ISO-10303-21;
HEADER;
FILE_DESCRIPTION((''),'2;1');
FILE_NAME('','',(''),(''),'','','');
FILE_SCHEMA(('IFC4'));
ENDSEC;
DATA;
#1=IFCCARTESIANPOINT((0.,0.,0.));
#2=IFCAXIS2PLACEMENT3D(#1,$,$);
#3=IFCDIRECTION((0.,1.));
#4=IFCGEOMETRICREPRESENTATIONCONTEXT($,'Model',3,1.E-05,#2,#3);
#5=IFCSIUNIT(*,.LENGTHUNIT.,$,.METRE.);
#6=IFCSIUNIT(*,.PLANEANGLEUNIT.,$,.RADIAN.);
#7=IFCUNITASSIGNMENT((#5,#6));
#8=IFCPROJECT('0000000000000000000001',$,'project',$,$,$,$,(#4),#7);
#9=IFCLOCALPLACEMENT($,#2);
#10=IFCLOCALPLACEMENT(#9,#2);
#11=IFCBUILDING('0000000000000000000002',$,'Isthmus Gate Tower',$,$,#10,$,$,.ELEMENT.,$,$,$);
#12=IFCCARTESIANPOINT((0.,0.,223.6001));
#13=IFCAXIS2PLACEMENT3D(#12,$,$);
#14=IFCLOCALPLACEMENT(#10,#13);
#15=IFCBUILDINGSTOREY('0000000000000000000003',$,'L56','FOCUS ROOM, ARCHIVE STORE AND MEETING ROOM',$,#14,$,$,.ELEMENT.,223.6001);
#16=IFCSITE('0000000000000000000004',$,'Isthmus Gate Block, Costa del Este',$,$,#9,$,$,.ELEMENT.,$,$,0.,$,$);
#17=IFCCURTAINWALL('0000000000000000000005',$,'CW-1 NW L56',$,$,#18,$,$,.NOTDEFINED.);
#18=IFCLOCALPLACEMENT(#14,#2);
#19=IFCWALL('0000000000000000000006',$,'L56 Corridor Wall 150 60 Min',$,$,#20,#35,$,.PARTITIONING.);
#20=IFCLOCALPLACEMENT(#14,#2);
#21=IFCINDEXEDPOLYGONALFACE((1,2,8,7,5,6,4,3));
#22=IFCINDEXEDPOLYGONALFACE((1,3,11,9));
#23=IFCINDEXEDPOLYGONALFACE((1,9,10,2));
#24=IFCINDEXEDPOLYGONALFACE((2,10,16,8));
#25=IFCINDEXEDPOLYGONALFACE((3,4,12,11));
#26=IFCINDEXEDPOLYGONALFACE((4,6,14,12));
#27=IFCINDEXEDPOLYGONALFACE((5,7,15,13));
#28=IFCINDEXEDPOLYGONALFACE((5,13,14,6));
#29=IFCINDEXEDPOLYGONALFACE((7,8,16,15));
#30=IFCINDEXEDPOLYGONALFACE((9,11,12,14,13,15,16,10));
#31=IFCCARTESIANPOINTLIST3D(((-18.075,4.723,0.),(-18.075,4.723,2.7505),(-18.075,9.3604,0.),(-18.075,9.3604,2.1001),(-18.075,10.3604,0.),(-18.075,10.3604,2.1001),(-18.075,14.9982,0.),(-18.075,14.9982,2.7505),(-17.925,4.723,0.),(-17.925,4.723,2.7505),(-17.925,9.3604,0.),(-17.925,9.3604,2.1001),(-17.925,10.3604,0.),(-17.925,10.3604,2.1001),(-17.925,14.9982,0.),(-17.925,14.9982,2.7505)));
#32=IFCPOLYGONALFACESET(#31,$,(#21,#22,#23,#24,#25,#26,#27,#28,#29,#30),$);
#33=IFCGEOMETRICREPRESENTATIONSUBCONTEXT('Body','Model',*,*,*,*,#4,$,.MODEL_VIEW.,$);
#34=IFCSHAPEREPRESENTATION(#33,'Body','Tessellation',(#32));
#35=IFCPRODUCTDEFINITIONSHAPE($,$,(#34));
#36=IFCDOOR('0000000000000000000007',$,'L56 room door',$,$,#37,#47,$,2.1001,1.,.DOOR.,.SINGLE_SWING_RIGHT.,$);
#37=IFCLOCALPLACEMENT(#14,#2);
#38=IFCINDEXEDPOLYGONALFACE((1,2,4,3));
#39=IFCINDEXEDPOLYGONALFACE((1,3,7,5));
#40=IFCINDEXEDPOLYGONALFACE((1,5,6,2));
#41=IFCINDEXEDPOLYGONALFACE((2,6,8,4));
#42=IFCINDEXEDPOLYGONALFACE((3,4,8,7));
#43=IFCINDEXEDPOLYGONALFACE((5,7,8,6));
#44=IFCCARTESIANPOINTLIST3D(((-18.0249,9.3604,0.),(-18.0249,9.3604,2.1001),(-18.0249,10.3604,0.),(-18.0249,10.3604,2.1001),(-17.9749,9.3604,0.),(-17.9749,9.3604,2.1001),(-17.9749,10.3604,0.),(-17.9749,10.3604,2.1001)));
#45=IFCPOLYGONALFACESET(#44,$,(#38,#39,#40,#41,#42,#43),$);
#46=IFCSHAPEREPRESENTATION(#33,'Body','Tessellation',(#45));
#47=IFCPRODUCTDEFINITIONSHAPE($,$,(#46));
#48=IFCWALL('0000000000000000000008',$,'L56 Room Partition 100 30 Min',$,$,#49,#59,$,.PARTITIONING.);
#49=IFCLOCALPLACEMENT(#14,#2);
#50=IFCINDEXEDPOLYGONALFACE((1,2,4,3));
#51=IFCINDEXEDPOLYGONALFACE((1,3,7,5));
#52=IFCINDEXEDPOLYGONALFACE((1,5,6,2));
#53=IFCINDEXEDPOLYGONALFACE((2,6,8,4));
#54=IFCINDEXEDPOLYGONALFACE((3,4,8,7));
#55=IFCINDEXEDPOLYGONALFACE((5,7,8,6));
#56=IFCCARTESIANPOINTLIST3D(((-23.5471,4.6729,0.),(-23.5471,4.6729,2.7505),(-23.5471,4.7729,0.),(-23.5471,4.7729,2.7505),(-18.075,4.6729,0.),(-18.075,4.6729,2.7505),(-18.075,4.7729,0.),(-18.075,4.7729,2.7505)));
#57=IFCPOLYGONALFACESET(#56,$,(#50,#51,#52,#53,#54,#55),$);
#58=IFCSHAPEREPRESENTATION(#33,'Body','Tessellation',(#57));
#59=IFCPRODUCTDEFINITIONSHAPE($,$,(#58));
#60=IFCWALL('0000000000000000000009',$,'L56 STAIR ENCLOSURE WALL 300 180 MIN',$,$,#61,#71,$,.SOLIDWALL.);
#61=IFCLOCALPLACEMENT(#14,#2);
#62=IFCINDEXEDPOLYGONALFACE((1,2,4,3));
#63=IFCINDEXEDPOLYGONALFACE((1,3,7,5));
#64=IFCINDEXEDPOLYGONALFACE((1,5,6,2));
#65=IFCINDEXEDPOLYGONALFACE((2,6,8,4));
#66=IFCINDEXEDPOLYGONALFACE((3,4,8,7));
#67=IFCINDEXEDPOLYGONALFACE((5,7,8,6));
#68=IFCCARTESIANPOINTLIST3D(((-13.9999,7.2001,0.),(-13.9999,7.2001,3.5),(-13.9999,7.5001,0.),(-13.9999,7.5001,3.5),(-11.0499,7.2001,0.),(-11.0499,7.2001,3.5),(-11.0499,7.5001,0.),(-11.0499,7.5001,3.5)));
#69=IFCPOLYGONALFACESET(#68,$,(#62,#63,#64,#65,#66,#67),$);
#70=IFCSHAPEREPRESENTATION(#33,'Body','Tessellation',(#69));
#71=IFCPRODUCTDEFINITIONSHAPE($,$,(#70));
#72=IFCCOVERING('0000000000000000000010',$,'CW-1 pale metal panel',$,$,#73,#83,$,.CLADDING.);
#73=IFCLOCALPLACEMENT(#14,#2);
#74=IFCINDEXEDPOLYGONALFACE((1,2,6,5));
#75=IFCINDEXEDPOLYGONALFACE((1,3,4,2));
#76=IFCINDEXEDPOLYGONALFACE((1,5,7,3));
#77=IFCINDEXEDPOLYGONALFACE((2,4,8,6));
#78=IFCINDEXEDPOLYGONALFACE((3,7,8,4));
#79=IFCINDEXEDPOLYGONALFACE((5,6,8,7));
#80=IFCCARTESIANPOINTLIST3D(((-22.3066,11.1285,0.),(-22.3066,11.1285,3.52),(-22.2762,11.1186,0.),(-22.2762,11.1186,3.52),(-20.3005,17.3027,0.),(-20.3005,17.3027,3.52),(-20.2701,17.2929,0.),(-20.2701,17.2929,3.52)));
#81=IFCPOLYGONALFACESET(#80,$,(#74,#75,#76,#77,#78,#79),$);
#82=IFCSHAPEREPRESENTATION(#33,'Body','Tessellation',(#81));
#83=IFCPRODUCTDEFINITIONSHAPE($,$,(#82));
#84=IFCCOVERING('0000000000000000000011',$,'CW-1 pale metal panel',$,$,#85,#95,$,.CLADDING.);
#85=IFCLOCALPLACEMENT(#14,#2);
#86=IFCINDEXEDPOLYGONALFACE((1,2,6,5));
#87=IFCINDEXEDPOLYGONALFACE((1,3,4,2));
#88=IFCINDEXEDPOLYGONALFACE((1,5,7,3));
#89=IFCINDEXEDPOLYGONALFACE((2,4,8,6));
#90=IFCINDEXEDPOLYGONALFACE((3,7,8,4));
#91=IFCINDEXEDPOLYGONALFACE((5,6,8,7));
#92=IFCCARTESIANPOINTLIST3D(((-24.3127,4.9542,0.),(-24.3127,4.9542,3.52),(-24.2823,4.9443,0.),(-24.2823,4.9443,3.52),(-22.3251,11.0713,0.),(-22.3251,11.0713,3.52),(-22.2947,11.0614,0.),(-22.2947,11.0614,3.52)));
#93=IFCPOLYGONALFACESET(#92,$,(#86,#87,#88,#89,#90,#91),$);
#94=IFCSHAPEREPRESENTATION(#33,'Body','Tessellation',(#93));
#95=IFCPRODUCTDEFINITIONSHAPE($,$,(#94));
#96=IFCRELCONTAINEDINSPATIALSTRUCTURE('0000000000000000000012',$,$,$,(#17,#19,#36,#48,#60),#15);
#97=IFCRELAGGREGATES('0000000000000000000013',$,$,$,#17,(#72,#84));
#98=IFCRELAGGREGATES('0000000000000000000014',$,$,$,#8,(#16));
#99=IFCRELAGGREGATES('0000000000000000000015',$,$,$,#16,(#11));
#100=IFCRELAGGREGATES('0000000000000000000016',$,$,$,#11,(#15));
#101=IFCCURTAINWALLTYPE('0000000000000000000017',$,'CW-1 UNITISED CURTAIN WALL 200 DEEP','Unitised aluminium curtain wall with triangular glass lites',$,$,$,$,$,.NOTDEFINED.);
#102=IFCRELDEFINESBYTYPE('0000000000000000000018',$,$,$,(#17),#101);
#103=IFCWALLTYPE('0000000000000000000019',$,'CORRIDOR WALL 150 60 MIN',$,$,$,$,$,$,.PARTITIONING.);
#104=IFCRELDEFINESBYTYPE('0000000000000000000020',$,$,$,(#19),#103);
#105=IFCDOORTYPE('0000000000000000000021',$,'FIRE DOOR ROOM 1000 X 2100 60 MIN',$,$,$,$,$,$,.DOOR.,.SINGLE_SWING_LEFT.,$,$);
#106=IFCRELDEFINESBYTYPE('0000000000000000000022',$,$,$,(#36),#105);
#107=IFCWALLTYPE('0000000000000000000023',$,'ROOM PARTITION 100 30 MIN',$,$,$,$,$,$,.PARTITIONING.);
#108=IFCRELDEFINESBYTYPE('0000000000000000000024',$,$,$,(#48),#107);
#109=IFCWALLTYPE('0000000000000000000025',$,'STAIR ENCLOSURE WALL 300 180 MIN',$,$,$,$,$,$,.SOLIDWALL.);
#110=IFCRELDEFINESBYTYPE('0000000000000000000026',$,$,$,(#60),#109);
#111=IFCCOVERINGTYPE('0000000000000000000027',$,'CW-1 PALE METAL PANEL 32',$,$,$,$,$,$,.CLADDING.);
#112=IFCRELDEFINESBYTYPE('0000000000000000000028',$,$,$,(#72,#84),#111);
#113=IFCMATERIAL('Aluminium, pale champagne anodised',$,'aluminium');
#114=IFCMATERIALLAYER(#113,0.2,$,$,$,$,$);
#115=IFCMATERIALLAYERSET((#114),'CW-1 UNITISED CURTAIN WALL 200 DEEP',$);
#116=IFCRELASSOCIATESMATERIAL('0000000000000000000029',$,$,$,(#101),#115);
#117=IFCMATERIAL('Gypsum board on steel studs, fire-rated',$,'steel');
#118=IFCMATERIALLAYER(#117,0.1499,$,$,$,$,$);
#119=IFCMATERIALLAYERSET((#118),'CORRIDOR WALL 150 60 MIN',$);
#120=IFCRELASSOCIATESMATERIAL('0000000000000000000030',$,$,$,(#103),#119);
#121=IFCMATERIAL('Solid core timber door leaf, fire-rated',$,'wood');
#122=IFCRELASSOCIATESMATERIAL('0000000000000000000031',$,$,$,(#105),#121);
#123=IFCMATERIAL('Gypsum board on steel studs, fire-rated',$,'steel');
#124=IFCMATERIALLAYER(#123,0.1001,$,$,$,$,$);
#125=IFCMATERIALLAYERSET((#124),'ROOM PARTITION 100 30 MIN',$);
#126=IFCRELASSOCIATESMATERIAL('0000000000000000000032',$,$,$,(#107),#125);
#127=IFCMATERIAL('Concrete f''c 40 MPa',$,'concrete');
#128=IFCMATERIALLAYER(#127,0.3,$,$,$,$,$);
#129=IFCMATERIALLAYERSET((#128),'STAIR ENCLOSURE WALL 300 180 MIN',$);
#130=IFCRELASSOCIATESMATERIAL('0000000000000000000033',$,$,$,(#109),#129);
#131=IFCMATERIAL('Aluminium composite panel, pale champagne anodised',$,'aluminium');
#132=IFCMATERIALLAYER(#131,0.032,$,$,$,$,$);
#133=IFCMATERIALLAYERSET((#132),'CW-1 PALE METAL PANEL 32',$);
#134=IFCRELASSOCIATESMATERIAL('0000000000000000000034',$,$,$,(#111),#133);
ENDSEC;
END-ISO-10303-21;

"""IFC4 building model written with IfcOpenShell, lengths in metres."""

from ifc_helpers import new_model, si_unit, direction, frame, frame_2d, origin, origin_2d, place, context, subcontext, project, spatial, rectangle, extrude, material, layer, layer_set, type_object, element, fill, aggregate, save


model = new_model("IFC4")

# Units and contexts
model_context = context("Model", 3, precision=1e-05, world=origin(), true_north=direction((0.0, 1.0)))
body_context = subcontext(model_context, "Body", "Model", "MODEL_VIEW")
ifc_project = project(units=[si_unit("LENGTHUNIT", "METRE"), si_unit("PLANEANGLEUNIT", "RADIAN")], contexts=[model_context])

# Site, building, storey
site_placement = place(None, origin())
site = spatial("IfcSite", under=ifc_project, at=site_placement, Name="Isthmus Gate Block, Costa del Este", CompositionType="ELEMENT", RefElevation=0.0)
building_placement = place(site_placement, origin())
building = spatial("IfcBuilding", under=site, at=building_placement, Name="Isthmus Gate Tower", CompositionType="ELEMENT")
storey_placement = place(building_placement, frame((0.0, 0.0, 223.6001)))
storey = spatial("IfcBuildingStorey", under=building, at=storey_placement, Name="L56", Description="FOCUS ROOM, ARCHIVE STORE AND MEETING ROOM", CompositionType="ELEMENT", Elevation=223.6001)

# Curtain wall
ifc_material_1 = material(Name="Aluminium, pale champagne anodised", Category="aluminium")
ifc_layer_1 = layer(ifc_material_1, 0.2)
ifc_layer_set_1 = layer_set([ifc_layer_1], Name="CW-1 UNITISED CURTAIN WALL 200 DEEP")
curtain_wall_type = type_object("IfcCurtainWallType", Name="CW-1 UNITISED CURTAIN WALL 200 DEEP", Description="Unitised aluminium curtain wall with triangular glass lites", PredefinedType="NOTDEFINED", material=ifc_layer_set_1)
curtain_wall_placement = place(storey_placement, origin())
curtain_wall = element("IfcCurtainWall", 1, at=curtain_wall_placement, inside=storey, type_object=curtain_wall_type, Name="CW-1 NW L56", PredefinedType="NOTDEFINED")

# Wall, opening, door
ifc_material_2 = material(Name="Gypsum board on steel studs, fire-rated", Category="steel")
ifc_layer_2 = layer(ifc_material_2, 0.1499)
ifc_layer_set_2 = layer_set([ifc_layer_2], Name="CORRIDOR WALL 150 60 MIN")
wall_type_1 = type_object("IfcWallType", Name="CORRIDOR WALL 150 60 MIN", PredefinedType="PARTITIONING", material=ifc_layer_set_2)
wall_1_placement = place(storey_placement, frame((-18.0, 4.7229, 0.0), z_axis=(0.0, 0.0, 1.0), x_axis=(0.0, 1.0, 0.0)))
wall_1 = element("IfcWall", 2, at=wall_1_placement, inside=storey, type_object=wall_type_1, Name="L56 Corridor Wall 150 60 Min", PredefinedType="PARTITIONING", context=body_context, shape_type="SweptSolid", body=[
    extrude(rectangle(XDim=10.2751, YDim=0.1499, at=frame_2d((5.1377, 0.0))), origin(), (0.0, 0.0, 1.0), 2.7505),
])
opening_placement = place(wall_1_placement, frame((4.6375, 0.0, 0.0)))
opening = element("IfcOpeningElement", 3, at=opening_placement, cuts=wall_1, PredefinedType="OPENING", context=body_context, shape_type="SweptSolid", body=[
    extrude(rectangle(XDim=1.0, YDim=2.1001, at=frame_2d((0.5, 1.05))), frame((0.0, 0.085, 0.0), z_axis=(0.0, -1.0, 0.0), x_axis=(1.0, 0.0, 0.0)), (0.0, 0.0, 1.0), 0.1699),
])
ifc_material_3 = material(Name="Solid core timber door leaf, fire-rated", Category="wood")
door_type = type_object("IfcDoorType", Name="FIRE DOOR ROOM 1000 X 2100 60 MIN", OperationType="SINGLE_SWING_LEFT", PredefinedType="DOOR", material=ifc_material_3)
door_placement = place(opening_placement, origin())
door = element("IfcDoor", 4, at=door_placement, inside=storey, type_object=door_type, Name="L56 room door", OperationType="SINGLE_SWING_RIGHT", OverallHeight=2.1001, OverallWidth=1.0, PredefinedType="DOOR", context=body_context, shape_type="SweptSolid", body=[
    extrude(rectangle(XDim=1.0, YDim=2.1001, at=frame_2d((0.5, 1.05))), frame((0.0, 0.0249, 0.0), z_axis=(0.0, -1.0, 0.0), x_axis=(1.0, 0.0, 0.0)), (0.0, 0.0, 1.0), 0.05),
])
fill(opening, door)

# Walls
ifc_material_4 = material(Name="Gypsum board on steel studs, fire-rated", Category="steel")
ifc_layer_3 = layer(ifc_material_4, 0.1001)
ifc_layer_set_3 = layer_set([ifc_layer_3], Name="ROOM PARTITION 100 30 MIN")
wall_type_2 = type_object("IfcWallType", Name="ROOM PARTITION 100 30 MIN", PredefinedType="PARTITIONING", material=ifc_layer_set_3)
wall_2_placement = place(storey_placement, frame((-23.5471, 4.7229, 0.0), z_axis=(0.0, 0.0, 1.0), x_axis=(1.0, 0.0, 0.0)))
element("IfcWall", 5, at=wall_2_placement, inside=storey, type_object=wall_type_2, Name="L56 Room Partition 100 30 Min", PredefinedType="PARTITIONING", context=body_context, shape_type="SweptSolid", body=[
    extrude(rectangle(XDim=5.4722, YDim=0.1001, at=frame_2d((2.7361, 0.0))), origin(), (0.0, 0.0, 1.0), 2.7505),
])
ifc_material_5 = material(Name="Concrete f'c 40 MPa", Category="concrete")
ifc_layer_4 = layer(ifc_material_5, 0.3)
ifc_layer_set_4 = layer_set([ifc_layer_4], Name="STAIR ENCLOSURE WALL 300 180 MIN")
wall_type_3 = type_object("IfcWallType", Name="STAIR ENCLOSURE WALL 300 180 MIN", PredefinedType="SOLIDWALL", material=ifc_layer_set_4)
wall_3_placement = place(storey_placement, frame((-14.0, 7.3501, 0.0), z_axis=(0.0, 0.0, 1.0), x_axis=(1.0, 0.0, 0.0)))
element("IfcWall", 6, at=wall_3_placement, inside=storey, type_object=wall_type_3, Name="L56 STAIR ENCLOSURE WALL 300 180 MIN", PredefinedType="SOLIDWALL", context=body_context, shape_type="SweptSolid", body=[
    extrude(rectangle(XDim=2.95, YDim=0.3, at=frame_2d((1.4751, 0.0))), origin(), (0.0, 0.0, 1.0), 3.5),
])

# Coverings
ifc_material_6 = material(Name="Aluminium composite panel, pale champagne anodised", Category="aluminium")
ifc_layer_5 = layer(ifc_material_6, 0.032)
ifc_layer_set_5 = layer_set([ifc_layer_5], Name="CW-1 PALE METAL PANEL 32")
covering_type = type_object("IfcCoveringType", Name="CW-1 PALE METAL PANEL 32", PredefinedType="CLADDING", material=ifc_layer_set_5)
covering_1_placement = place(storey_placement, frame((-21.2883, 14.2107, 0.0), z_axis=(0.0, 0.0, 1.0), x_axis=(-0.309017, -0.951057, 0.0)))
covering_1 = element("IfcCovering", 7, at=covering_1_placement, type_object=covering_type, Name="CW-1 pale metal panel", PredefinedType="CLADDING", context=body_context, shape_type="SweptSolid", body=[
    extrude(rectangle(XDim=6.4919, YDim=0.032, at=origin_2d()), origin(), (0.0, 0.0, 1.0), 3.52),
])
covering_2_placement = place(storey_placement, frame((-23.3037, 8.0078, 0.0), z_axis=(0.0, 0.0, 1.0), x_axis=(-0.309017, -0.951057, 0.0)))
covering_2 = element("IfcCovering", 8, at=covering_2_placement, type_object=covering_type, Name="CW-1 pale metal panel", PredefinedType="CLADDING", context=body_context, shape_type="SweptSolid", body=[
    extrude(rectangle(XDim=6.4319, YDim=0.032, at=origin_2d()), origin(), (0.0, 0.0, 1.0), 3.52),
])
aggregate(curtain_wall, [covering_1, covering_2])

save(model, "model.ifc")
